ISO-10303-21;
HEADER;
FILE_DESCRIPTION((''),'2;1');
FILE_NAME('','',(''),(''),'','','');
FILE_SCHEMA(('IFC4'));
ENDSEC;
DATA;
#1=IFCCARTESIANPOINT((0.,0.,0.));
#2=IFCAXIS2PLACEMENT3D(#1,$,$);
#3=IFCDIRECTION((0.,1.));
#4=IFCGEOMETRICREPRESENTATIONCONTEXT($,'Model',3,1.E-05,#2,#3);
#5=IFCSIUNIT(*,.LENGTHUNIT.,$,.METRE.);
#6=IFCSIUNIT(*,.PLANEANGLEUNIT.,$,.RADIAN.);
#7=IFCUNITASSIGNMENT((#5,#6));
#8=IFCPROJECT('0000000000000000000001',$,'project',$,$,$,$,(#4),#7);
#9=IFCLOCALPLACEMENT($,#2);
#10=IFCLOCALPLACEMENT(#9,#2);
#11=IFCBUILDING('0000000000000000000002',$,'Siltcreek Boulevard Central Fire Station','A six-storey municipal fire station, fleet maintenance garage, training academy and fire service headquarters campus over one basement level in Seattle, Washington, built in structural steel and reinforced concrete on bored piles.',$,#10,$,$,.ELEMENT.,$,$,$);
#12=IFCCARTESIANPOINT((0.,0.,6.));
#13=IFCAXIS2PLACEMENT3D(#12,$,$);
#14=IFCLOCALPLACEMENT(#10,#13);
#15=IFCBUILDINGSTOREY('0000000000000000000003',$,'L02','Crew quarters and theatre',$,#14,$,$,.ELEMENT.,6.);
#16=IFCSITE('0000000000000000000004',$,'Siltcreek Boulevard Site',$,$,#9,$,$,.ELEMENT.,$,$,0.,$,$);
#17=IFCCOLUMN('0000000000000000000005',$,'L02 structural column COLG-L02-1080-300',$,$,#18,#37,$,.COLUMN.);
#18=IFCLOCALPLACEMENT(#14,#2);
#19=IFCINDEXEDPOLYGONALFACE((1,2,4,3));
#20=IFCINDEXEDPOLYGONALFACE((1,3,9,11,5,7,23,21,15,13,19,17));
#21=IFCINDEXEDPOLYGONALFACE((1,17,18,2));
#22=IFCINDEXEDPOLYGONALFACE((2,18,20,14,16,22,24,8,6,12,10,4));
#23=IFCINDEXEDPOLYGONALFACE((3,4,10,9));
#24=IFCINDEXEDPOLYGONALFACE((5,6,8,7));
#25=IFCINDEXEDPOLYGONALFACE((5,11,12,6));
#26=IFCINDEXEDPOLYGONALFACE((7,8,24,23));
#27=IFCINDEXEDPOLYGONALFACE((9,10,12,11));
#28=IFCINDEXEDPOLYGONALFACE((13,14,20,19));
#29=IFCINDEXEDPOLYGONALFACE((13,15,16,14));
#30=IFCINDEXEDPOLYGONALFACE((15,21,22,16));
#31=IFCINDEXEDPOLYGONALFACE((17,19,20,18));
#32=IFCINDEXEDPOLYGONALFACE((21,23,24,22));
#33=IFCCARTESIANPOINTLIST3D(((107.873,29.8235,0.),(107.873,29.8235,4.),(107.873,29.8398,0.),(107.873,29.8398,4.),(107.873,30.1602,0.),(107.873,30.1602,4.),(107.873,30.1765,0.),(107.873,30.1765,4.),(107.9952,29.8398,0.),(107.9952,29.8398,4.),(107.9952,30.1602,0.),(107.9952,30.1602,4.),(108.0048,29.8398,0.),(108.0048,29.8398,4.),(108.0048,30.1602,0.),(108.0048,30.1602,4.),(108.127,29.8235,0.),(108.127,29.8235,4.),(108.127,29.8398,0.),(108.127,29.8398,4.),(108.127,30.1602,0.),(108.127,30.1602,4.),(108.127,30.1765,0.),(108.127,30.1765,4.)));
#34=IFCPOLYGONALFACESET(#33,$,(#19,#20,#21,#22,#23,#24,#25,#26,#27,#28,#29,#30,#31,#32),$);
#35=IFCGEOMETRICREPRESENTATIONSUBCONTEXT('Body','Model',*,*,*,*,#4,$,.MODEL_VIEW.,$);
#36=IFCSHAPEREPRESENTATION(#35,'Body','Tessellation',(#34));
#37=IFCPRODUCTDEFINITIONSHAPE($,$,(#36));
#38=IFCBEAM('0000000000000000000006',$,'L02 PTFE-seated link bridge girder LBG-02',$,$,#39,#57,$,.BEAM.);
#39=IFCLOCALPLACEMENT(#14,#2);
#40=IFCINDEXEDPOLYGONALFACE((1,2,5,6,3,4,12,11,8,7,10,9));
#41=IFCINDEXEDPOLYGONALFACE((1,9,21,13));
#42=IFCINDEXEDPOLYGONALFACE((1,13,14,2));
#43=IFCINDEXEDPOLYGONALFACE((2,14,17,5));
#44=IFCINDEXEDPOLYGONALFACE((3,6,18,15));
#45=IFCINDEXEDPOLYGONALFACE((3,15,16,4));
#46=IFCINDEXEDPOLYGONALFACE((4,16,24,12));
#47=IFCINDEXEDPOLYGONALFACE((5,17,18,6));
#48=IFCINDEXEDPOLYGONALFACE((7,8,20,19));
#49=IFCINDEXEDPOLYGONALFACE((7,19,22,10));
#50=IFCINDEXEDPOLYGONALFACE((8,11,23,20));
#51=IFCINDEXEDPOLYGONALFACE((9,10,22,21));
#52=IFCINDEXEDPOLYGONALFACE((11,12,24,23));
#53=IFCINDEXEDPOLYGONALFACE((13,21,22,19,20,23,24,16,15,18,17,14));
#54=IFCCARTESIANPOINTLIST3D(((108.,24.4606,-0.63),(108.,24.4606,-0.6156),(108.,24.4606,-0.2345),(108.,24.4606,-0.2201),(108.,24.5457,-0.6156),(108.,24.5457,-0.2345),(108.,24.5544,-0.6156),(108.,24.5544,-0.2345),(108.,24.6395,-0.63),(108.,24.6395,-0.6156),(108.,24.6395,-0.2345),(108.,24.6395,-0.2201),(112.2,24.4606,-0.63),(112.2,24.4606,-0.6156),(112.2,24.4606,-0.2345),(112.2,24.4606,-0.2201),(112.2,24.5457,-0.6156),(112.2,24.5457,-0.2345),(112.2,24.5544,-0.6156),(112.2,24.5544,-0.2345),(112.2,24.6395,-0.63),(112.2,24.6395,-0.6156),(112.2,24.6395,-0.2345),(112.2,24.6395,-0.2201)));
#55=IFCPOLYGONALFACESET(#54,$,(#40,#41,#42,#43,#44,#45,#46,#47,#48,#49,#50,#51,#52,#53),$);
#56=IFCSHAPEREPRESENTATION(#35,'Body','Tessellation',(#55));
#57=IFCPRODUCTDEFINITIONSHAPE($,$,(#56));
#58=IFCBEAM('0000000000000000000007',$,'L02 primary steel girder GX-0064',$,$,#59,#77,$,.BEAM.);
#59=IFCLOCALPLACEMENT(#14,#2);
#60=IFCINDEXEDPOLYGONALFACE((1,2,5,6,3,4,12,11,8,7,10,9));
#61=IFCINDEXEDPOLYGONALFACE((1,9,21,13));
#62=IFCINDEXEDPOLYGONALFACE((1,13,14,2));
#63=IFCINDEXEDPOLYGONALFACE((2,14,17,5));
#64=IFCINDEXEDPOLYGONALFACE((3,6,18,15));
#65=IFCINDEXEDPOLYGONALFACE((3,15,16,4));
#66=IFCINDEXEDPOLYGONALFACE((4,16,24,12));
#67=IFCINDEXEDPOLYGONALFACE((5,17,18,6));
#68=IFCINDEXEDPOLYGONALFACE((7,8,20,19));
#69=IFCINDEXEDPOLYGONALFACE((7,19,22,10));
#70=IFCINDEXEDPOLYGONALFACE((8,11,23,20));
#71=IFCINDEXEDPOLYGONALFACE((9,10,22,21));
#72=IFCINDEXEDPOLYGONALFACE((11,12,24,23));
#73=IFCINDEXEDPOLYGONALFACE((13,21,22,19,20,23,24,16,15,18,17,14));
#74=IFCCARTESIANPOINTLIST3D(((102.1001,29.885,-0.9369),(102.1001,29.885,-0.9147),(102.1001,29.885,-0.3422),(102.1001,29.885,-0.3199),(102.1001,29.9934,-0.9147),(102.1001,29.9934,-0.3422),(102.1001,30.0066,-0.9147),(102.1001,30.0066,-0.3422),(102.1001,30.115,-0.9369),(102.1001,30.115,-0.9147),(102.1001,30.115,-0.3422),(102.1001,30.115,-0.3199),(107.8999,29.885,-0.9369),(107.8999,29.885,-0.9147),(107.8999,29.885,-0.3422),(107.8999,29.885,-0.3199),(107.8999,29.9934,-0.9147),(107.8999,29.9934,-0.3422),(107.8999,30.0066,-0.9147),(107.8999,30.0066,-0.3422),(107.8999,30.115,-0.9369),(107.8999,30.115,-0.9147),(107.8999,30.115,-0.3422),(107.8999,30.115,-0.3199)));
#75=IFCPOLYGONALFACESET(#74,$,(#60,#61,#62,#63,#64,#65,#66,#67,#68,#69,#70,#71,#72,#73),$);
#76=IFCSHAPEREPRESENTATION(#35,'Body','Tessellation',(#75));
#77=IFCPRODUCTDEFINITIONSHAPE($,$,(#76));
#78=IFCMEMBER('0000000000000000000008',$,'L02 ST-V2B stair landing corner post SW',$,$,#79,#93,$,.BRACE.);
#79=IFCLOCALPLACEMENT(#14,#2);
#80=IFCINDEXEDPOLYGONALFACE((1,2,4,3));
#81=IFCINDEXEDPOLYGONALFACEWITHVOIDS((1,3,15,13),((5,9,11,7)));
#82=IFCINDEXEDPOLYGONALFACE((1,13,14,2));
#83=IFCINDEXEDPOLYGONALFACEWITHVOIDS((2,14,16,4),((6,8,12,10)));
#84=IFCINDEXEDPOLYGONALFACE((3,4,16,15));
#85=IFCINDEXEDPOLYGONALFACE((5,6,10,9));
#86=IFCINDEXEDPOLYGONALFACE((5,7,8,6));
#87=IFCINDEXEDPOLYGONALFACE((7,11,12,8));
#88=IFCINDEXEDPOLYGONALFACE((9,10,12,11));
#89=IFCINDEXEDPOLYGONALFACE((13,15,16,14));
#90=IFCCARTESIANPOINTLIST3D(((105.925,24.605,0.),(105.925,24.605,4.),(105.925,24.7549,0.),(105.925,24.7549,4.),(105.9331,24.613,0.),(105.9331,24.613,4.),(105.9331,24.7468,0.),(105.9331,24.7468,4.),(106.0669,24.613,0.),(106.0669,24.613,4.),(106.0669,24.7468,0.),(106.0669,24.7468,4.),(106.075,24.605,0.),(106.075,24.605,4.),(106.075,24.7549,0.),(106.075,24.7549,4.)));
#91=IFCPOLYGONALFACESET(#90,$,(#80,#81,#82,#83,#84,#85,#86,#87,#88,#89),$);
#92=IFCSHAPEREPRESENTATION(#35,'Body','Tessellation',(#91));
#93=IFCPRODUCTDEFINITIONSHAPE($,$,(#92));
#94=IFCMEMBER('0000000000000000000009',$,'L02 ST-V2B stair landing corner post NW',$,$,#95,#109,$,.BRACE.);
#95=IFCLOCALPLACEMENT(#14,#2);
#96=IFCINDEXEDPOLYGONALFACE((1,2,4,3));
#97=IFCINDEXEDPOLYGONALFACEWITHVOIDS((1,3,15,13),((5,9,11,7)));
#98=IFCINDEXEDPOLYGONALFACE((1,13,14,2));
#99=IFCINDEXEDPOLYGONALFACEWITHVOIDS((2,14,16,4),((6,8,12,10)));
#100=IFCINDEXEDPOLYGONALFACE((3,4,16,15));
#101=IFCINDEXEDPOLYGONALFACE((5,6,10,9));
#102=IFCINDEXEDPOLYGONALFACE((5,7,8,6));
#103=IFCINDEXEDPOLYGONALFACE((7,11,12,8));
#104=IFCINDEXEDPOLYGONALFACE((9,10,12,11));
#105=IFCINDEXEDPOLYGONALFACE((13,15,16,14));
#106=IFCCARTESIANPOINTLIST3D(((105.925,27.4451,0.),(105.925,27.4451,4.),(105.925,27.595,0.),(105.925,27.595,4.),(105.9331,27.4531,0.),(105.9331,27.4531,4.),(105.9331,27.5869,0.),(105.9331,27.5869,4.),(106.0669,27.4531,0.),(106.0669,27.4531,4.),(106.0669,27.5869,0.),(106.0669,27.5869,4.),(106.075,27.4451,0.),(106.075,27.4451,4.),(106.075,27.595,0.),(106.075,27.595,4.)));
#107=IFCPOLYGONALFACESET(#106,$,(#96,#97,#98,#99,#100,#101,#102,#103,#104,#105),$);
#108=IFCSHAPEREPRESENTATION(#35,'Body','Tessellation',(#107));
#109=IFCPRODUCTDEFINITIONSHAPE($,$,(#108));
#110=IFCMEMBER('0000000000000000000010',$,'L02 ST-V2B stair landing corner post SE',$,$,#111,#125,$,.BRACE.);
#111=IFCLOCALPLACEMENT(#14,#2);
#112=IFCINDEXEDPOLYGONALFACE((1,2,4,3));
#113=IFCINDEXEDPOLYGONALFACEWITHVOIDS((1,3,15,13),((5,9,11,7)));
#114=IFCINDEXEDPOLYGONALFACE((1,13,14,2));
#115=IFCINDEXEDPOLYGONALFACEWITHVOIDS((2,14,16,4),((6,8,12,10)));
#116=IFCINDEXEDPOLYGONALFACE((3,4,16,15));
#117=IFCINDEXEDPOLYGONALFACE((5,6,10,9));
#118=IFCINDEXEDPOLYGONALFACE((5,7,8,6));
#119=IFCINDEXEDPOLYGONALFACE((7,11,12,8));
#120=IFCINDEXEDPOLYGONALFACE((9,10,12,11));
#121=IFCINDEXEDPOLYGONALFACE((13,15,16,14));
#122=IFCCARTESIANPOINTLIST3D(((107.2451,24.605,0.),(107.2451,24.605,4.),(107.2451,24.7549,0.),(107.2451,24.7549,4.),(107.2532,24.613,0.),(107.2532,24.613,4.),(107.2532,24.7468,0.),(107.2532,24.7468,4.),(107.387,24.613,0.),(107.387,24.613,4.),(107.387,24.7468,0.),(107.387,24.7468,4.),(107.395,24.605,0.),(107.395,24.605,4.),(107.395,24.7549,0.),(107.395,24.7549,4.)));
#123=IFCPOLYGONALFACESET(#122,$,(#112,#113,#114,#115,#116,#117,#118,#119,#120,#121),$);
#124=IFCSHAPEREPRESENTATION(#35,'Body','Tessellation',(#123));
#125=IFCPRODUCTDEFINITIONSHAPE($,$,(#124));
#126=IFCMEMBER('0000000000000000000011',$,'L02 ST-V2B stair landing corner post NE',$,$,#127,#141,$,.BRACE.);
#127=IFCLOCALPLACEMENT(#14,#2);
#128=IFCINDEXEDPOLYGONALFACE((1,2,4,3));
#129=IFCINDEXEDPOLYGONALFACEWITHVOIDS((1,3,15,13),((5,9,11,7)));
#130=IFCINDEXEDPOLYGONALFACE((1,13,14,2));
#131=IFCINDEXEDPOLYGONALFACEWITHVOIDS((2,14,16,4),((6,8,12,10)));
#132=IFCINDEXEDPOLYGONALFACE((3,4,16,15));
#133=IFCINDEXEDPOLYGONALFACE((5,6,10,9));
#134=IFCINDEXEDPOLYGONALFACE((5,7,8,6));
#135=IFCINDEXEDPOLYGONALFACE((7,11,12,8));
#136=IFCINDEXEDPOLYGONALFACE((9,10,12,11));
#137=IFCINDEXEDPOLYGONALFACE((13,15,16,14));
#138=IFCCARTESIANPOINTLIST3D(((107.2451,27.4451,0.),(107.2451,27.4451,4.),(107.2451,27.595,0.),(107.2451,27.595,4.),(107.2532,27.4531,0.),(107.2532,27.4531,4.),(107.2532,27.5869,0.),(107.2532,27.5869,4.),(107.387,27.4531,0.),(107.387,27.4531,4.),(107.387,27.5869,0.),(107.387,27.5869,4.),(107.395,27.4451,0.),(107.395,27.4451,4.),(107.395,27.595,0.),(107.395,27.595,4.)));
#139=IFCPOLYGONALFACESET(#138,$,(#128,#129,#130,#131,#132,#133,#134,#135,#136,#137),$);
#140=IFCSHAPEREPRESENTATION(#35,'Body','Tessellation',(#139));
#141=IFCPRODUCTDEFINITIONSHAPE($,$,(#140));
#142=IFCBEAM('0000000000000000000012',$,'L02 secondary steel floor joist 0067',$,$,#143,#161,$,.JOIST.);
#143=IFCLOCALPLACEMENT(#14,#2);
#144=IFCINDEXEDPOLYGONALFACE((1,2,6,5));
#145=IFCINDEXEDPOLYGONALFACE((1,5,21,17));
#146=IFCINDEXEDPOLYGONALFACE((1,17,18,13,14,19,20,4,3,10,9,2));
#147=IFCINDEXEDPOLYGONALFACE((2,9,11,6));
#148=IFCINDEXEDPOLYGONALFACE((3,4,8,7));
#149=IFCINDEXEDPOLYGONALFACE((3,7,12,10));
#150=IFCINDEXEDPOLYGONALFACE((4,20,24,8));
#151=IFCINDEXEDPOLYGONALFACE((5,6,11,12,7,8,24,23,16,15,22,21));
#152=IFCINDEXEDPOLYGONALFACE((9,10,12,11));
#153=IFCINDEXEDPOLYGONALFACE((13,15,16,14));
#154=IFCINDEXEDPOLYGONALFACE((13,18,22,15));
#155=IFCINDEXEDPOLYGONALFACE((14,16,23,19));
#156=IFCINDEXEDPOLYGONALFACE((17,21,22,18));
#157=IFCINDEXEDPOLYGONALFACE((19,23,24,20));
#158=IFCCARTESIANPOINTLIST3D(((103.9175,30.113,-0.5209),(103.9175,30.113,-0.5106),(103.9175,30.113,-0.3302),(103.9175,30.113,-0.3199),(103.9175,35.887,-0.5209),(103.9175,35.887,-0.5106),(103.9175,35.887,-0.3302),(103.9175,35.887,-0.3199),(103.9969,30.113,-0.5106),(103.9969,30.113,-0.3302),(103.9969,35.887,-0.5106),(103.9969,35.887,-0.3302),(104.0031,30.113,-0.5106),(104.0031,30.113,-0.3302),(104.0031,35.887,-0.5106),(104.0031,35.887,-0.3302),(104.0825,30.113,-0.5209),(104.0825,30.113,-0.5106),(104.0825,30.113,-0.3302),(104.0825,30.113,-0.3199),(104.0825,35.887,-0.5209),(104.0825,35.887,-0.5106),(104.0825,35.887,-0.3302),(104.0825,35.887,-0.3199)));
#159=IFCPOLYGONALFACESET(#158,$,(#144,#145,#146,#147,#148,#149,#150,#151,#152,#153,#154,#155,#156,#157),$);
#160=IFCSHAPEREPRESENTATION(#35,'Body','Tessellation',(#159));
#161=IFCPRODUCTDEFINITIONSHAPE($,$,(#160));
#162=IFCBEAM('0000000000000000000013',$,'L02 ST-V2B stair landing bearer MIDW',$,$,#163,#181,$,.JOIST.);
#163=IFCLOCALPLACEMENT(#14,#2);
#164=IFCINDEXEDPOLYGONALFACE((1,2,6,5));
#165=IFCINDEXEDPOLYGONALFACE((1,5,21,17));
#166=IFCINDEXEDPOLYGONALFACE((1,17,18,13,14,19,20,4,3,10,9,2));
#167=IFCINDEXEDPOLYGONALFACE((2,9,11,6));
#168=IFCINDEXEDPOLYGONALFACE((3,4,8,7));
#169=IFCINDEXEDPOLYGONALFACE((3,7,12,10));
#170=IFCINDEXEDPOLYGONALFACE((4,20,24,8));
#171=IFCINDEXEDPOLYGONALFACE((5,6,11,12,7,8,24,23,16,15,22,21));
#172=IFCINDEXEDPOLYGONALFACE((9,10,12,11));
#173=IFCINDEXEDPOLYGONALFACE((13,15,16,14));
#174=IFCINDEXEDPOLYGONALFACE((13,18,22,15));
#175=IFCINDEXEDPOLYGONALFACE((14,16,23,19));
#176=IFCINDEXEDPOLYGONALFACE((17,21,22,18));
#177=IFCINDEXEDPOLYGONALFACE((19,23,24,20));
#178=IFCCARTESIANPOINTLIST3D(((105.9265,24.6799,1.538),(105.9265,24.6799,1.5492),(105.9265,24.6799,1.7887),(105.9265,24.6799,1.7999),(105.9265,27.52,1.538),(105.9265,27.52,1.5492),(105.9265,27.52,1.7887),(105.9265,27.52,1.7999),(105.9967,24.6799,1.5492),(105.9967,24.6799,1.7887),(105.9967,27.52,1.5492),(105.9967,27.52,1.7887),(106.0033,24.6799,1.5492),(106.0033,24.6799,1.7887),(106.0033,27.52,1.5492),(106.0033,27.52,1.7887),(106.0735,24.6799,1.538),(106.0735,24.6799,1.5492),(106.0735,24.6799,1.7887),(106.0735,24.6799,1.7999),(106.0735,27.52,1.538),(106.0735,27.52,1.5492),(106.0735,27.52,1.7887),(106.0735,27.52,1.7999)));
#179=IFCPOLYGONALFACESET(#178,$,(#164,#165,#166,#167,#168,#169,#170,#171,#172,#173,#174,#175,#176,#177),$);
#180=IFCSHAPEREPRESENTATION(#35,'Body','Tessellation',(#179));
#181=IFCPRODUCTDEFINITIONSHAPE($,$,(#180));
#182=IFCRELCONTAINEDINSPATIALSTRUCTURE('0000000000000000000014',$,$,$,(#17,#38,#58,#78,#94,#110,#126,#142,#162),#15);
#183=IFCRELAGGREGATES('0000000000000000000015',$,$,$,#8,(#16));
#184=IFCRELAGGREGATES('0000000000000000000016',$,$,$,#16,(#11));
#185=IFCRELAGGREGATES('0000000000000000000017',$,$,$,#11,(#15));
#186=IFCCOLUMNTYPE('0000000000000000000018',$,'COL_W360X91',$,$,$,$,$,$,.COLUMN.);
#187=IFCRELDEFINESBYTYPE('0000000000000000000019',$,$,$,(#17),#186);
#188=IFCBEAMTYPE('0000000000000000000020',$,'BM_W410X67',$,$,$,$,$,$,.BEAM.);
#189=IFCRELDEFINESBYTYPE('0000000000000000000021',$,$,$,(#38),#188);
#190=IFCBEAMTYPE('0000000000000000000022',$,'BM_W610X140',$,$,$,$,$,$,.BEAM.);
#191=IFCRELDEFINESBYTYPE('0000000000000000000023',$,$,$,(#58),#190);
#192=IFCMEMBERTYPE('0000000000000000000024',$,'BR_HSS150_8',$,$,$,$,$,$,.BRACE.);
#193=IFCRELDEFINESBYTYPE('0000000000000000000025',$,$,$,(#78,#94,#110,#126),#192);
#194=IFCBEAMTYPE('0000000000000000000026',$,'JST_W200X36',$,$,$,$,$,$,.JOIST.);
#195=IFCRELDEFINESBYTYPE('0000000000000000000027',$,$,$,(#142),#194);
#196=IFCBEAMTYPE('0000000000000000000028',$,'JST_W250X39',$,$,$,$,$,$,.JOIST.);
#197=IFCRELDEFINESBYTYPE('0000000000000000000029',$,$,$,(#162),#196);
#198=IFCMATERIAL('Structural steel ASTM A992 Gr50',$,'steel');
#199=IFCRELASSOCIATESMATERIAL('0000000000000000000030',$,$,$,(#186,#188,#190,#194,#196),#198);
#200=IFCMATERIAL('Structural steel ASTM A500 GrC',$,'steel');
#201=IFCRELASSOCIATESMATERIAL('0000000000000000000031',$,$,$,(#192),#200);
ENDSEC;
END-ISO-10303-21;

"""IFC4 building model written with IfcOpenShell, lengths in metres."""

from ifc_helpers import new_model, si_unit, direction, frame, origin, origin_2d, place, context, subcontext, project, spatial, hollow_rectangle, i_section, extrude, material, material_profile, profile_set, type_object, element, save


model = new_model("IFC4")

# Units and contexts
model_context = context("Model", 3, precision=1e-05, world=origin(), true_north=direction((0.0, 1.0)))
body_context = subcontext(model_context, "Body", "Model", "MODEL_VIEW")
ifc_project = project(units=[si_unit("LENGTHUNIT", "METRE"), si_unit("PLANEANGLEUNIT", "RADIAN")], contexts=[model_context])

# Site, building, storey
site_placement = place(None, origin())
site = spatial("IfcSite", under=ifc_project, at=site_placement, Name="Siltcreek Boulevard Site", CompositionType="ELEMENT", RefElevation=0.0)
building_placement = place(site_placement, origin())
building = spatial("IfcBuilding", under=site, at=building_placement, Name="Siltcreek Boulevard Central Fire Station", Description="A six-storey municipal fire station, fleet maintenance garage, training academy and fire service headquarters campus over one basement level in Seattle, Washington, built in structural steel and reinforced concrete on bored piles.", CompositionType="ELEMENT")
storey_placement = place(building_placement, frame((0.0, 0.0, 6.0)))
storey = spatial("IfcBuildingStorey", under=building, at=storey_placement, Name="L02", Description="Crew quarters and theatre", CompositionType="ELEMENT", Elevation=6.0)

# Column
ifc_material_1 = material(Name="Structural steel ASTM A992 Gr50", Category="steel")
ifc_material_profile_1 = material_profile(ifc_material_1, i_section(OverallWidth=0.2539, OverallDepth=0.353, WebThickness=0.0095, FlangeThickness=0.0164, at=origin_2d()), Name="W360X91")
ifc_profile_set_1 = profile_set([ifc_material_profile_1], Name="Structural steel ASTM A992 Gr50")
column_type = type_object("IfcColumnType", Name="COL_W360X91", PredefinedType="COLUMN", material=ifc_profile_set_1)
column_placement = place(storey_placement, frame((108.0, 30.0, 0.0), z_axis=(0.0, 0.0, 1.0), x_axis=(1.0, 0.0, 0.0)))
element("IfcColumn", 1, at=column_placement, inside=storey, type_object=column_type, Name="L02 structural column COLG-L02-1080-300", PredefinedType="COLUMN", context=body_context, shape_type="SweptSolid", body=[
    extrude(i_section(OverallWidth=0.2539, OverallDepth=0.353, WebThickness=0.0095, FlangeThickness=0.0164, at=origin_2d()), origin(), (0.0, 0.0, 1.0), 4.0),
])

# Beams
ifc_material_profile_2 = material_profile(ifc_material_1, i_section(OverallWidth=0.179, OverallDepth=0.4099, WebThickness=0.0088, FlangeThickness=0.0144, at=origin_2d()), Name="W410X67")
ifc_profile_set_2 = profile_set([ifc_material_profile_2], Name="Structural steel ASTM A992 Gr50")
beam_type_1 = type_object("IfcBeamType", Name="BM_W410X67", PredefinedType="BEAM", material=ifc_profile_set_2)
beam_1_placement = place(storey_placement, frame((108.0, 24.55, -0.425), z_axis=(1.0, 0.0, 0.0), x_axis=(0.0, 1.0, 0.0)))
element("IfcBeam", 2, at=beam_1_placement, inside=storey, type_object=beam_type_1, Name="L02 PTFE-seated link bridge girder LBG-02", PredefinedType="BEAM", context=body_context, shape_type="SweptSolid", body=[
    extrude(i_section(OverallWidth=0.179, OverallDepth=0.4099, WebThickness=0.0088, FlangeThickness=0.0144, at=origin_2d()), origin(), (0.0, 0.0, 1.0), 4.2),
])
ifc_material_profile_3 = material_profile(ifc_material_1, i_section(OverallWidth=0.23, OverallDepth=0.6169, WebThickness=0.0132, FlangeThickness=0.0222, at=origin_2d()), Name="W610X140")
ifc_profile_set_3 = profile_set([ifc_material_profile_3], Name="Structural steel ASTM A992 Gr50")
beam_type_2 = type_object("IfcBeamType", Name="BM_W610X140", PredefinedType="BEAM", material=ifc_profile_set_3)
beam_2_placement = place(storey_placement, frame((102.1001, 30.0, -0.6284), z_axis=(1.0, 0.0, 0.0), x_axis=(0.0, 1.0, 0.0)))
element("IfcBeam", 3, at=beam_2_placement, inside=storey, type_object=beam_type_2, Name="L02 primary steel girder GX-0064", PredefinedType="BEAM", context=body_context, shape_type="SweptSolid", body=[
    extrude(i_section(OverallWidth=0.23, OverallDepth=0.6169, WebThickness=0.0132, FlangeThickness=0.0222, at=origin_2d()), origin(), (0.0, 0.0, 1.0), 5.7998),
])

# Members
ifc_material_2 = material(Name="Structural steel ASTM A500 GrC", Category="steel")
ifc_material_profile_4 = material_profile(ifc_material_2, hollow_rectangle(XDim=0.1499, YDim=0.1499, WallThickness=0.0081, at=origin_2d()), Name="HSS150X150X8.0")
ifc_profile_set_4 = profile_set([ifc_material_profile_4], Name="Structural steel ASTM A500 GrC")
member_type = type_object("IfcMemberType", Name="BR_HSS150_8", PredefinedType="BRACE", material=ifc_profile_set_4)
for number, where, z_axis, x_axis, name in (
    (4, (106.0, 24.6799, 0.0), (0.0, 0.0, 1.0), (1.0, 0.0, 0.0), "L02 ST-V2B stair landing corner post SW"),
    (5, (106.0, 27.52, 0.0), (0.0, 0.0, 1.0), (1.0, 0.0, 0.0), "L02 ST-V2B stair landing corner post NW"),
    (6, (107.3201, 24.6799, 0.0), (0.0, 0.0, 1.0), (1.0, 0.0, 0.0), "L02 ST-V2B stair landing corner post SE"),
    (7, (107.3201, 27.52, 0.0), (0.0, 0.0, 1.0), (1.0, 0.0, 0.0), "L02 ST-V2B stair landing corner post NE"),
):
    element("IfcMember", number, at=place(storey_placement, frame(where, z_axis=z_axis, x_axis=x_axis)), inside=storey, type_object=member_type, Name=name, PredefinedType="BRACE", context=body_context, shape_type="SweptSolid", body=[
        extrude(hollow_rectangle(XDim=0.1499, YDim=0.1499, WallThickness=0.0081, at=origin_2d()), origin(), (0.0, 0.0, 1.0), 4.0),
    ])

# Beams
ifc_material_profile_5 = material_profile(ifc_material_1, i_section(OverallWidth=0.165, OverallDepth=0.2009, WebThickness=0.0061, FlangeThickness=0.0103, at=origin_2d()), Name="W200X36")
ifc_profile_set_5 = profile_set([ifc_material_profile_5], Name="Structural steel ASTM A992 Gr50")
beam_type_3 = type_object("IfcBeamType", Name="JST_W200X36", PredefinedType="JOIST", material=ifc_profile_set_5)
beam_3_placement = place(storey_placement, frame((104.0, 30.113, -0.4204), z_axis=(0.0, 1.0, 0.0), x_axis=(-1.0, 0.0, 0.0)))
element("IfcBeam", 8, at=beam_3_placement, inside=storey, type_object=beam_type_3, Name="L02 secondary steel floor joist 0067", PredefinedType="JOIST", context=body_context, shape_type="SweptSolid", body=[
    extrude(i_section(OverallWidth=0.165, OverallDepth=0.2009, WebThickness=0.0061, FlangeThickness=0.0103, at=origin_2d()), origin(), (0.0, 0.0, 1.0), 5.7739),
])
ifc_material_profile_6 = material_profile(ifc_material_1, i_section(OverallWidth=0.147, OverallDepth=0.262, WebThickness=0.0066, FlangeThickness=0.0112, at=origin_2d()), Name="W250X39")
ifc_profile_set_6 = profile_set([ifc_material_profile_6], Name="Structural steel ASTM A992 Gr50")
beam_type_4 = type_object("IfcBeamType", Name="JST_W250X39", PredefinedType="JOIST", material=ifc_profile_set_6)
for number, where, z_axis, x_axis, name in (
    (9, (106.0, 24.6799, 1.6689), (0.0, 1.0, 0.0), (-1.0, 0.0, 0.0), "L02 ST-V2B stair landing bearer MIDW"),
):
    element("IfcBeam", number, at=place(storey_placement, frame(where, z_axis=z_axis, x_axis=x_axis)), inside=storey, type_object=beam_type_4, Name=name, PredefinedType="JOIST", context=body_context, shape_type="SweptSolid", body=[
        extrude(i_section(OverallWidth=0.147, OverallDepth=0.262, WebThickness=0.0066, FlangeThickness=0.0112, at=origin_2d()), origin(), (0.0, 0.0, 1.0), 2.8401),
    ])

save(model, "model.ifc")
